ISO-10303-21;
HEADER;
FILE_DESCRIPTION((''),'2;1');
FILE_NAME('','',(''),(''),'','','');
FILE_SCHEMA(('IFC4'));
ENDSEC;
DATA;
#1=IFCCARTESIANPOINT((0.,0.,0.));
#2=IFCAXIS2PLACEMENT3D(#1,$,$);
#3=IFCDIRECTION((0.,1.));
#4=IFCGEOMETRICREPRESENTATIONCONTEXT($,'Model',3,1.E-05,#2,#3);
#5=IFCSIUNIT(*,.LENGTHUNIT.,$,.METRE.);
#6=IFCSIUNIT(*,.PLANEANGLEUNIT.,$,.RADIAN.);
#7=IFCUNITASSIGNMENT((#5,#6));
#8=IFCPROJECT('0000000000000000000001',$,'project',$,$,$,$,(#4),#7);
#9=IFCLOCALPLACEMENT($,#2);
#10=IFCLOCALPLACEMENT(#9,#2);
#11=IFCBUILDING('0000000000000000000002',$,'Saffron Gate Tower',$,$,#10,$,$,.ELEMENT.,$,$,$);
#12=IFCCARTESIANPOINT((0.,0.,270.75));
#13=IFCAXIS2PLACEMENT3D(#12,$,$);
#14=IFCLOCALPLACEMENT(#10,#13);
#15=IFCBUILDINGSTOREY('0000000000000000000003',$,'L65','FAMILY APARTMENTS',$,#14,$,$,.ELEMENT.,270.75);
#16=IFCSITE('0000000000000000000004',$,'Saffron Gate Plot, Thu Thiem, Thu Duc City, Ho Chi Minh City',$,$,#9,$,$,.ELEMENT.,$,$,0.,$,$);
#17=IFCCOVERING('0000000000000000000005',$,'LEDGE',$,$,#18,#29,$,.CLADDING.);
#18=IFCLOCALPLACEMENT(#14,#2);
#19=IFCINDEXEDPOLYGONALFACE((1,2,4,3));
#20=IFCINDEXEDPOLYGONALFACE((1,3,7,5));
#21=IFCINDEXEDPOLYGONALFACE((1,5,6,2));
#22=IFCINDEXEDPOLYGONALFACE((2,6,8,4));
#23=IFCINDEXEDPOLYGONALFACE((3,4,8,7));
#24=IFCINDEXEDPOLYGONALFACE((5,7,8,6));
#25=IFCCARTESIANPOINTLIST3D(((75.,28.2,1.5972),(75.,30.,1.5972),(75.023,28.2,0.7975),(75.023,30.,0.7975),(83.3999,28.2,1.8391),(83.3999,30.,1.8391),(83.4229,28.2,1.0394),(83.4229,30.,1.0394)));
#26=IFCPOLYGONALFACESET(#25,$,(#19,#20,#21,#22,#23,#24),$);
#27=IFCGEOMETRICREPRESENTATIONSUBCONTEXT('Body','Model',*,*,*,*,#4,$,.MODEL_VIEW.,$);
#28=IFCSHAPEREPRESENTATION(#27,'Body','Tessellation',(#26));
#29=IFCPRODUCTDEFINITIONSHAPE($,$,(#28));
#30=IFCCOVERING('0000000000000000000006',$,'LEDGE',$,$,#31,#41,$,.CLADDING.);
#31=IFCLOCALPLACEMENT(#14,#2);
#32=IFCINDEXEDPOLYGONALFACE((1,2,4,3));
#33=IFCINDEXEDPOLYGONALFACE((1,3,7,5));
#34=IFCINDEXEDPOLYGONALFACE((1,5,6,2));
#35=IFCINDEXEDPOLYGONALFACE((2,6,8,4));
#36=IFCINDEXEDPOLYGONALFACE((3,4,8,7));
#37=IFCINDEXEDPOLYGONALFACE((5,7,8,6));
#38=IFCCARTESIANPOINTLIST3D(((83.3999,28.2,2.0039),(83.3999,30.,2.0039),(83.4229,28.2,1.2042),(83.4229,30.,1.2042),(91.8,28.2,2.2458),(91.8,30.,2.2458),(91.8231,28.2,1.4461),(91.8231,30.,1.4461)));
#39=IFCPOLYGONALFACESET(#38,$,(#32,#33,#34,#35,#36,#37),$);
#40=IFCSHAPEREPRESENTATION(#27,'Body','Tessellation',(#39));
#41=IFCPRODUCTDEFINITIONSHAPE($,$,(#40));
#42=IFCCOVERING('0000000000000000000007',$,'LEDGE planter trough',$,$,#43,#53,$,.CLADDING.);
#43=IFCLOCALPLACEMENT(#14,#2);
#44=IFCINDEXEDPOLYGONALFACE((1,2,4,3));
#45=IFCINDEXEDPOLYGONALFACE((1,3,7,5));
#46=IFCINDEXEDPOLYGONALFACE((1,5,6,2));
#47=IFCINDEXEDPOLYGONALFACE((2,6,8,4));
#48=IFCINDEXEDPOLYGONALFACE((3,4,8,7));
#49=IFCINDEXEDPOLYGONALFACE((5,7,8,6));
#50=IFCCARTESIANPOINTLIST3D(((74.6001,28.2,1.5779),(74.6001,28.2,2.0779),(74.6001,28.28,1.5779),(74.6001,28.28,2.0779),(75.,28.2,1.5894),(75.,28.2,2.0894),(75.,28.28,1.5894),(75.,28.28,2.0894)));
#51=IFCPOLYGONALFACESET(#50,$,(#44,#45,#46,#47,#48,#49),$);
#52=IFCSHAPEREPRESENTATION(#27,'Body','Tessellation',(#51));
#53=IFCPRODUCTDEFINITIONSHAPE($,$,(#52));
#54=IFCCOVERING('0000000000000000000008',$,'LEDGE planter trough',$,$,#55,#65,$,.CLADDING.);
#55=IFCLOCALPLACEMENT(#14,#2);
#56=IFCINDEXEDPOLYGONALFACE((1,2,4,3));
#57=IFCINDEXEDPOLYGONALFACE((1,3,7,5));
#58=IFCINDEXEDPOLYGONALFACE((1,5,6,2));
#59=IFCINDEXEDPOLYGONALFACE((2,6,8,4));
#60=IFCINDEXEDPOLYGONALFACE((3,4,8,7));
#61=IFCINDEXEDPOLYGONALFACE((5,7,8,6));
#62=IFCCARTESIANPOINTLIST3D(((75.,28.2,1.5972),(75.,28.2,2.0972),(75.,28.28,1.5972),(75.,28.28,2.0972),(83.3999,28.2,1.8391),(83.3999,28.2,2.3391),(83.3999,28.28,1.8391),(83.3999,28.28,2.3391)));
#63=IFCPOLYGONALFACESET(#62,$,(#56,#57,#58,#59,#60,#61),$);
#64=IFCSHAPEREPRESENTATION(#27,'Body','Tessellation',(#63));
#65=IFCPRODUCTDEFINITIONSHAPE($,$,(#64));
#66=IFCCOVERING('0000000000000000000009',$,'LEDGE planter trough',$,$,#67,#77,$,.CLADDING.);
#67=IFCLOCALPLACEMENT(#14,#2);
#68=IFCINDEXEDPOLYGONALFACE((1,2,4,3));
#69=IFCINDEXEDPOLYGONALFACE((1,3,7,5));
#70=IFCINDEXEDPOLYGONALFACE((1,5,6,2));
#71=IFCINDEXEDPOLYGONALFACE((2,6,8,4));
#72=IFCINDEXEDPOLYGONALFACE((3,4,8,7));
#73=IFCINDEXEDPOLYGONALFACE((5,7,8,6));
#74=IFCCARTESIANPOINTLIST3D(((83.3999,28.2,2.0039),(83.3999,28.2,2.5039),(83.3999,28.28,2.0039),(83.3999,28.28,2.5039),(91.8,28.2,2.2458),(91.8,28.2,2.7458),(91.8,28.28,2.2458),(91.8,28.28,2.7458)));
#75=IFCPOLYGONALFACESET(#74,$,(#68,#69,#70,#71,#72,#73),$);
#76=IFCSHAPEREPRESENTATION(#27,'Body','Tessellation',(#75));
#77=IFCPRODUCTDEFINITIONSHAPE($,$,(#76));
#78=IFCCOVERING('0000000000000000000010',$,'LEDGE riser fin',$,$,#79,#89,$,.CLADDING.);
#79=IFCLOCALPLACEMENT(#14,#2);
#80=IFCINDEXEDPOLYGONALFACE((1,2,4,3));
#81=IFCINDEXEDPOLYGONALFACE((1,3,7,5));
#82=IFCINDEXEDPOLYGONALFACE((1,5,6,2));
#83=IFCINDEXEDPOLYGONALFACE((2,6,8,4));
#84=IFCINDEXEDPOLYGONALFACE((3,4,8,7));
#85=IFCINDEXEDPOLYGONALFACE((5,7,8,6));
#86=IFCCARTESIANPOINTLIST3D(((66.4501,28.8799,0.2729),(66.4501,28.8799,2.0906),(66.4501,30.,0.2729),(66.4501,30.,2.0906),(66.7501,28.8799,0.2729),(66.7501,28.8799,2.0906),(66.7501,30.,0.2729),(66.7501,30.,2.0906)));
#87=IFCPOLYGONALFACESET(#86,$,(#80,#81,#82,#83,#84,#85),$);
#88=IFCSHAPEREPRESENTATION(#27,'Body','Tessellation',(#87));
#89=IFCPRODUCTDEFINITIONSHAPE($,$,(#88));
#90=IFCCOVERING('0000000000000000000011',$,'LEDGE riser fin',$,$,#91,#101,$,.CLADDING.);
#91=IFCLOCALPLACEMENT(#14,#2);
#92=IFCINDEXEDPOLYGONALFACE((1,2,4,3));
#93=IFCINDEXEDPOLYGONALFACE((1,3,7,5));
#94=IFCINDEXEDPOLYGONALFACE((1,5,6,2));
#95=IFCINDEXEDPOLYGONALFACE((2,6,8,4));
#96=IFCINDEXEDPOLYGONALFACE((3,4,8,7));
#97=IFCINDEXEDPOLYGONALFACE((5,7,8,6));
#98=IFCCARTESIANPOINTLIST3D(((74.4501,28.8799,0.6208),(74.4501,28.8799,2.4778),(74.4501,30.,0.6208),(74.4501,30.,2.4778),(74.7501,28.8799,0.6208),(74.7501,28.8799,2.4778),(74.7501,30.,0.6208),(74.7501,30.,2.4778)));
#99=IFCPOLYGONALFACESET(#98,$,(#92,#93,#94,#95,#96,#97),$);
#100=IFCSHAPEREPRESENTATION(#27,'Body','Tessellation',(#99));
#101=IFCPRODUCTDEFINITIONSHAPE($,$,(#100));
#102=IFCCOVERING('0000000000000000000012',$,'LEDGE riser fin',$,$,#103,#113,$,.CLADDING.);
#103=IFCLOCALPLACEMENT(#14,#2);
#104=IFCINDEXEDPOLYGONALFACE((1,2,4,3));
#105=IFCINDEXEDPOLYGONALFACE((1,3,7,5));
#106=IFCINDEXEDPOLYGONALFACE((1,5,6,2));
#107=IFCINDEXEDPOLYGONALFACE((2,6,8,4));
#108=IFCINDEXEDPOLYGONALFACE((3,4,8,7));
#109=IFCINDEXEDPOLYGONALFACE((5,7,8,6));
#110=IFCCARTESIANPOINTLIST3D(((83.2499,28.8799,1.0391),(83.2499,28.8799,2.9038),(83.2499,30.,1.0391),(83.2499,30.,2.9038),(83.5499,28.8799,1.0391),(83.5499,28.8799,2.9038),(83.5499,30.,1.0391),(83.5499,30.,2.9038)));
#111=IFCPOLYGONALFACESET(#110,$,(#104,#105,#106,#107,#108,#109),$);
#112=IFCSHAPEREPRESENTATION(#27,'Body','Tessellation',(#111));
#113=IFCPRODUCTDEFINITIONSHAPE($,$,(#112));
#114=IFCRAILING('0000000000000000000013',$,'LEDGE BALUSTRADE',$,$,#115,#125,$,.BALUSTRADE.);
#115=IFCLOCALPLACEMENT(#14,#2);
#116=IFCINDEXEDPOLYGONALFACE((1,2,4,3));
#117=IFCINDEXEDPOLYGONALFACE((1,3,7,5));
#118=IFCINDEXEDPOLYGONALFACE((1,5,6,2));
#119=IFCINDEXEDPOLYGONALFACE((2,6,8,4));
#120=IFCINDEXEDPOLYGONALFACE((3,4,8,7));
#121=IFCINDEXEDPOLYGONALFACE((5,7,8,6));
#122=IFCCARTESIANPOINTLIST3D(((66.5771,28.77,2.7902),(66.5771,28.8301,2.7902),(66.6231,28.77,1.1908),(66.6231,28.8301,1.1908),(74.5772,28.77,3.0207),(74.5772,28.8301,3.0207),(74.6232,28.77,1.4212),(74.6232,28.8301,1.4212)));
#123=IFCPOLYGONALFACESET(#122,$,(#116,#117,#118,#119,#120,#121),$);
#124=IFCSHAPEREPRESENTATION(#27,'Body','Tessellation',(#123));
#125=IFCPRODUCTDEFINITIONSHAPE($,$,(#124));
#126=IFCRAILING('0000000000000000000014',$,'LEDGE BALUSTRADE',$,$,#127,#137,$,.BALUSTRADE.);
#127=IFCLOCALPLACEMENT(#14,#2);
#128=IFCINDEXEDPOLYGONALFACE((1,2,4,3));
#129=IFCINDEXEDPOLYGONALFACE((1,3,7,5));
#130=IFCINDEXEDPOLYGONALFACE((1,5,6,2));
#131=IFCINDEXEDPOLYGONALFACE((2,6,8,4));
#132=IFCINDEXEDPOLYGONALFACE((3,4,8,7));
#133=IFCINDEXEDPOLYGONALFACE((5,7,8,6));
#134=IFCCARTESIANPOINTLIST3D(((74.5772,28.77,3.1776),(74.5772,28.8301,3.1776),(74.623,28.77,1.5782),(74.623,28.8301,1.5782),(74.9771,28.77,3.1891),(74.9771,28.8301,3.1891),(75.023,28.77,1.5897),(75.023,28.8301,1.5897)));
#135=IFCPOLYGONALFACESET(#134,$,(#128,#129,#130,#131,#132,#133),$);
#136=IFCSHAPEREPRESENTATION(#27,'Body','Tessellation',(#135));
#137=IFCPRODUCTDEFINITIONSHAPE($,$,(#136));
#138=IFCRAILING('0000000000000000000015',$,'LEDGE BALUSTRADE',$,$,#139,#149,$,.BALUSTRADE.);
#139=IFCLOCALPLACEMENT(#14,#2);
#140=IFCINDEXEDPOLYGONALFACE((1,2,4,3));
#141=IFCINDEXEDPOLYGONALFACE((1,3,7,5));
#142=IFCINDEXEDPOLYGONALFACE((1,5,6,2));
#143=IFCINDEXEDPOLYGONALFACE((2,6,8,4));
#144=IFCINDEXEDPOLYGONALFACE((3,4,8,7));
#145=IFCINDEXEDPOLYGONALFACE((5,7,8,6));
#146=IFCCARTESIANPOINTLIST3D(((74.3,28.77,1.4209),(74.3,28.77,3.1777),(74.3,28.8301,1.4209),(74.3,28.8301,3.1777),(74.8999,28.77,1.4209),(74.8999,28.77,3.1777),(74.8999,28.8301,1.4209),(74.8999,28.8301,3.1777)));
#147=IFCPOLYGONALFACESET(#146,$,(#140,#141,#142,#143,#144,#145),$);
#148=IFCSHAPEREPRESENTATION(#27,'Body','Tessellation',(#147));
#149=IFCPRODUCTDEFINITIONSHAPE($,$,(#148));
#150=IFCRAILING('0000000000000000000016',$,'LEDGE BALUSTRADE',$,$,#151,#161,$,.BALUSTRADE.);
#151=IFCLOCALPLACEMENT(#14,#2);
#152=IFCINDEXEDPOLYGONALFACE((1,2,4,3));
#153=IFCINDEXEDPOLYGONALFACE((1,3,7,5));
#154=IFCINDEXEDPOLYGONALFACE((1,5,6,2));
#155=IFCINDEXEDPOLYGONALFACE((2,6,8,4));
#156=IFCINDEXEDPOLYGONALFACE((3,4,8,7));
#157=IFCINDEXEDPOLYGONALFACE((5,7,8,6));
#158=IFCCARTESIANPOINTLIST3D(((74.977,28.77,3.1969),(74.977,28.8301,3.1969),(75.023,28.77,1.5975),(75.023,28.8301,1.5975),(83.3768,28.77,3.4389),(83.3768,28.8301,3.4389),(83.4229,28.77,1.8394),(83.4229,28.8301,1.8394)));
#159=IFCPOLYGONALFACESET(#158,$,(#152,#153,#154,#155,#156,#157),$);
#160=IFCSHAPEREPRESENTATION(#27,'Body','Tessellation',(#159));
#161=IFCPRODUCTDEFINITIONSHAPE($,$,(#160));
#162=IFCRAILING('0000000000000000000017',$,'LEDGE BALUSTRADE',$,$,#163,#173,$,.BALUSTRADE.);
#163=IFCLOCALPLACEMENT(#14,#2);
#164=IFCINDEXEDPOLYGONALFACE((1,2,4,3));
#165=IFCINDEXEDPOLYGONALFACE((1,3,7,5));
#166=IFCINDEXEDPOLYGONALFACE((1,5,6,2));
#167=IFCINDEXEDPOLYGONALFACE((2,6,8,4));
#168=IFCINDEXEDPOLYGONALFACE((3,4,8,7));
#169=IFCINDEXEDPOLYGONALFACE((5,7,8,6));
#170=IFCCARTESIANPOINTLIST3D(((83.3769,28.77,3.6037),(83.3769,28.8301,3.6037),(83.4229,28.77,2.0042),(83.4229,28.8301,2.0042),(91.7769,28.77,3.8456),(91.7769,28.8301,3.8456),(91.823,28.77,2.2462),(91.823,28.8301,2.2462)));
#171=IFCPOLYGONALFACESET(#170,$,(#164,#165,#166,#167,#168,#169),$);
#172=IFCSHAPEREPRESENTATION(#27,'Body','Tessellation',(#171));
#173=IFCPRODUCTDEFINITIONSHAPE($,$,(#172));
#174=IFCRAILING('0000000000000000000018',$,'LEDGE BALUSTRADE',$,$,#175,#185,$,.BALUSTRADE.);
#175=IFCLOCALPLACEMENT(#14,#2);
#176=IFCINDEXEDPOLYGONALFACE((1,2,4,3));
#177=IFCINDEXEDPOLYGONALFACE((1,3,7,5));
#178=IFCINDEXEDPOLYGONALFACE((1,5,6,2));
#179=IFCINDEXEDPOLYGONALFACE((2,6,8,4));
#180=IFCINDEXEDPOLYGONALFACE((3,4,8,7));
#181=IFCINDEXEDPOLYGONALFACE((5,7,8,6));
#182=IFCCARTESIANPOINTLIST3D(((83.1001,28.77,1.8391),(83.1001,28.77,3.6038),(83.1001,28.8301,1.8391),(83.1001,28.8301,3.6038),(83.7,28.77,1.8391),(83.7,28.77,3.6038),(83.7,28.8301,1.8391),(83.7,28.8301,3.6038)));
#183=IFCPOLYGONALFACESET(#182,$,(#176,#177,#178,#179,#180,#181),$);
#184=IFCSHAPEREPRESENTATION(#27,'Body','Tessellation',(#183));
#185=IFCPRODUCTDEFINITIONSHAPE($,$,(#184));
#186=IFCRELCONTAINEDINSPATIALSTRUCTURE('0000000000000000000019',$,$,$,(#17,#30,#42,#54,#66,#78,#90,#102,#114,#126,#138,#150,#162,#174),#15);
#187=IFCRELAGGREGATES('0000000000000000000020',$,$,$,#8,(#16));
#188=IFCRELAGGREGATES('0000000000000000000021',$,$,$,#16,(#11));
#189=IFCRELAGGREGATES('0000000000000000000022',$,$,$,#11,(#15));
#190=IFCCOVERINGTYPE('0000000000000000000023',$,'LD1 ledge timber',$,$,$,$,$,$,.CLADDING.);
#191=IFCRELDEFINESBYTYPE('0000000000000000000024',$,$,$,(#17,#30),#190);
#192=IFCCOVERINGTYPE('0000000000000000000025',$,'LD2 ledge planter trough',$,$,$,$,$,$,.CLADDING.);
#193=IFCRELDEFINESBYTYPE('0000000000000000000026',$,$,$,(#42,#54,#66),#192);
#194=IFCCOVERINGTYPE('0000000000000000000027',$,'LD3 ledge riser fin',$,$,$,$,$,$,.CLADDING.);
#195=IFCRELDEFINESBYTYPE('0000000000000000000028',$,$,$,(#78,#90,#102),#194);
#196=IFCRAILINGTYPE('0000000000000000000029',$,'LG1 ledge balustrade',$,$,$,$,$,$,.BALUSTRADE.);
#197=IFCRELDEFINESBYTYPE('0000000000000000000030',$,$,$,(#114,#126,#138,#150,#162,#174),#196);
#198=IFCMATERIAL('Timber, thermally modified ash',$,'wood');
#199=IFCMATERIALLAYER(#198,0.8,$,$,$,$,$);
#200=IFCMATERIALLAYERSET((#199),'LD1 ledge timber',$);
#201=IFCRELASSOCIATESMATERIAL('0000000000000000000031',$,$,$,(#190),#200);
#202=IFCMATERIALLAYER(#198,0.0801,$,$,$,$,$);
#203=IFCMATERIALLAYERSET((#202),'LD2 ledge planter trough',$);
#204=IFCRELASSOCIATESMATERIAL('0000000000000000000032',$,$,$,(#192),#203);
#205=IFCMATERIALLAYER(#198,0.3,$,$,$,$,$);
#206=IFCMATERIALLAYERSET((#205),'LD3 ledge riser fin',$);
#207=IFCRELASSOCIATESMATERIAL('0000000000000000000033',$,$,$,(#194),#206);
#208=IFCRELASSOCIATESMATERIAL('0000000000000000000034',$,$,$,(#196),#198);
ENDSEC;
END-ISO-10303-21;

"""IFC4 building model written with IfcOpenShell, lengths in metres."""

from ifc_helpers import new_model, si_unit, direction, frame, origin, origin_2d, place, context, subcontext, project, spatial, polyline, rectangle, outline, extrude, material, layer, layer_set, type_object, element, save


model = new_model("IFC4")

# Units and contexts
model_context = context("Model", 3, precision=1e-05, world=origin(), true_north=direction((0.0, 1.0)))
body_context = subcontext(model_context, "Body", "Model", "MODEL_VIEW")
ifc_project = project(units=[si_unit("LENGTHUNIT", "METRE"), si_unit("PLANEANGLEUNIT", "RADIAN")], contexts=[model_context])

# Site, building, storey
site_placement = place(None, origin())
site = spatial("IfcSite", under=ifc_project, at=site_placement, Name="Saffron Gate Plot, Thu Thiem, Thu Duc City, Ho Chi Minh City", CompositionType="ELEMENT", RefElevation=0.0)
building_placement = place(site_placement, origin())
building = spatial("IfcBuilding", under=site, at=building_placement, Name="Saffron Gate Tower", CompositionType="ELEMENT")
storey_placement = place(building_placement, frame((0.0, 0.0, 270.75)))
storey = spatial("IfcBuildingStorey", under=building, at=storey_placement, Name="L65", Description="FAMILY APARTMENTS", CompositionType="ELEMENT", Elevation=270.75)

# Coverings
ifc_material_1 = material(Name="Timber, thermally modified ash", Category="wood")
ifc_layer_1 = layer(ifc_material_1, 0.8)
ifc_layer_set_1 = layer_set([ifc_layer_1], Name="LD1 ledge timber")
covering_type_1 = type_object("IfcCoveringType", Name="LD1 ledge timber", PredefinedType="CLADDING", material=ifc_layer_set_1)
covering_1_placement = place(storey_placement, frame((75.0, 30.0, 1.5972), z_axis=(-0.028791, 0.0, 0.999585), x_axis=(0.999585, 0.0, 0.028791)))
element("IfcCovering", 1, at=covering_1_placement, inside=storey, type_object=covering_type_1, Name="LEDGE", PredefinedType="CLADDING", context=body_context, shape_type="SweptSolid", body=[
    extrude(outline(polyline([(0.0, 0.0), (8.4034, 0.0), (8.4034, -1.8), (0.0, -1.8), (0.0, 0.0)])), origin(), (0.0, 0.0, -1.0), 0.8),
])
covering_2_placement = place(storey_placement, frame((83.3999, 30.0, 2.0039), z_axis=(-0.02879, 0.0, 0.999585), x_axis=(0.999585, 0.0, 0.02879)))
element("IfcCovering", 2, at=covering_2_placement, inside=storey, type_object=covering_type_1, Name="LEDGE", PredefinedType="CLADDING", context=body_context, shape_type="SweptSolid", body=[
    extrude(outline(polyline([(0.0, 0.0), (8.4036, 0.0), (8.4036, -1.8), (0.0, -1.8), (0.0, 0.0)])), origin(), (0.0, 0.0, -1.0), 0.8),
])
ifc_layer_2 = layer(ifc_material_1, 0.0801)
ifc_layer_set_2 = layer_set([ifc_layer_2], Name="LD2 ledge planter trough")
covering_type_2 = type_object("IfcCoveringType", Name="LD2 ledge planter trough", PredefinedType="CLADDING", material=ifc_layer_set_2)
covering_3_placement = place(storey_placement, frame((74.6001, 28.2, 1.5779), z_axis=(0.0, -1.0, 0.0), x_axis=(0.999589, 0.0, 0.028682)))
element("IfcCovering", 3, at=covering_3_placement, inside=storey, type_object=covering_type_2, Name="LEDGE planter trough", PredefinedType="CLADDING", context=body_context, shape_type="SweptSolid", body=[
    extrude(outline(polyline([(0.0, 0.0), (0.4001, 0.0), (0.4144, 0.4998), (0.0143, 0.4998), (0.0, 0.0)])), origin(), (0.0, 0.0, -1.0), 0.0801),
])
covering_4_placement = place(storey_placement, frame((75.0, 28.2, 1.5972), z_axis=(0.0, -1.0, 0.0), x_axis=(0.999585, 0.0, 0.028791)))
element("IfcCovering", 4, at=covering_4_placement, inside=storey, type_object=covering_type_2, Name="LEDGE planter trough", PredefinedType="CLADDING", context=body_context, shape_type="SweptSolid", body=[
    extrude(outline(polyline([(0.0, 0.0), (8.4034, 0.0), (8.4178, 0.4998), (0.0144, 0.4998), (0.0, 0.0)])), origin(), (0.0, 0.0, -1.0), 0.0801),
])
covering_5_placement = place(storey_placement, frame((83.3999, 28.2, 2.0039), z_axis=(0.0, -1.0, 0.0), x_axis=(0.999585, 0.0, 0.02879)))
element("IfcCovering", 5, at=covering_5_placement, inside=storey, type_object=covering_type_2, Name="LEDGE planter trough", PredefinedType="CLADDING", context=body_context, shape_type="SweptSolid", body=[
    extrude(outline(polyline([(0.0, 0.0), (8.4036, 0.0), (8.418, 0.4998), (0.0144, 0.4998), (0.0, 0.0)])), origin(), (0.0, 0.0, -1.0), 0.0801),
])
ifc_layer_3 = layer(ifc_material_1, 0.3)
ifc_layer_set_3 = layer_set([ifc_layer_3], Name="LD3 ledge riser fin")
covering_type_3 = type_object("IfcCoveringType", Name="LD3 ledge riser fin", PredefinedType="CLADDING", material=ifc_layer_set_3)
covering_6_placement = place(storey_placement, frame((66.6001, 29.4399, 0.2729), z_axis=(0.0, 0.0, 1.0), x_axis=(1.0, 0.0, 0.0)))
element("IfcCovering", 6, at=covering_6_placement, inside=storey, type_object=covering_type_3, Name="LEDGE riser fin", PredefinedType="CLADDING", context=body_context, shape_type="SweptSolid", body=[
    extrude(rectangle(XDim=0.3, YDim=1.1201, at=origin_2d()), origin(), (0.0, 0.0, 1.0), 1.8176),
])
covering_7_placement = place(storey_placement, frame((74.6001, 29.4399, 0.6208), z_axis=(0.0, 0.0, 1.0), x_axis=(1.0, 0.0, 0.0)))
element("IfcCovering", 7, at=covering_7_placement, inside=storey, type_object=covering_type_3, Name="LEDGE riser fin", PredefinedType="CLADDING", context=body_context, shape_type="SweptSolid", body=[
    extrude(rectangle(XDim=0.3, YDim=1.1201, at=origin_2d()), origin(), (0.0, 0.0, 1.0), 1.8569),
])
covering_8_placement = place(storey_placement, frame((83.3999, 29.4399, 1.0391), z_axis=(0.0, 0.0, 1.0), x_axis=(1.0, 0.0, 0.0)))
element("IfcCovering", 8, at=covering_8_placement, inside=storey, type_object=covering_type_3, Name="LEDGE riser fin", PredefinedType="CLADDING", context=body_context, shape_type="SweptSolid", body=[
    extrude(rectangle(XDim=0.3, YDim=1.1201, at=origin_2d()), origin(), (0.0, 0.0, 1.0), 1.8647),
])

# Railings
railing_type = type_object("IfcRailingType", Name="LG1 ledge balustrade", PredefinedType="BALUSTRADE", material=ifc_material_1)
railing_1_placement = place(storey_placement, frame((66.6001, 28.8, 1.1904)))
element("IfcRailing", 9, at=railing_1_placement, inside=storey, type_object=railing_type, Name="LEDGE BALUSTRADE", PredefinedType="BALUSTRADE", context=body_context, shape_type="SweptSolid", body=[
    extrude(rectangle(XDim=0.0601, YDim=1.6001, at=origin_2d()), frame((0.0, 0.0, 0.8), z_axis=(0.999585, 0.0, 0.028797), x_axis=(0.0, 1.0, 0.0)), (0.0, 0.0, 1.0), 8.0034),
])
railing_2_placement = place(storey_placement, frame((74.6001, 28.8, 1.5779)))
element("IfcRailing", 10, at=railing_2_placement, inside=storey, type_object=railing_type, Name="LEDGE BALUSTRADE", PredefinedType="BALUSTRADE", context=body_context, shape_type="SweptSolid", body=[
    extrude(rectangle(XDim=0.0601, YDim=1.6001, at=origin_2d()), frame((0.0, 0.0, 0.8), z_axis=(0.999589, 0.0, 0.028682), x_axis=(0.0, 1.0, 0.0)), (0.0, 0.0, 1.0), 0.4001),
])
railing_3_placement = place(storey_placement, frame((74.3, 28.8, 1.4209)))
element("IfcRailing", 11, at=railing_3_placement, inside=storey, type_object=railing_type, Name="LEDGE BALUSTRADE", PredefinedType="BALUSTRADE", context=body_context, shape_type="SweptSolid", body=[
    extrude(rectangle(XDim=0.0601, YDim=1.7568, at=origin_2d()), frame((0.0, 0.0, 0.8784), z_axis=(1.0, 0.0, 0.0), x_axis=(0.0, 1.0, 0.0)), (0.0, 0.0, 1.0), 0.5999),
])
railing_4_placement = place(storey_placement, frame((75.0, 28.8, 1.5972)))
element("IfcRailing", 12, at=railing_4_placement, inside=storey, type_object=railing_type, Name="LEDGE BALUSTRADE", PredefinedType="BALUSTRADE", context=body_context, shape_type="SweptSolid", body=[
    extrude(rectangle(XDim=0.0601, YDim=1.6001, at=origin_2d()), frame((0.0, 0.0, 0.8), z_axis=(0.999585, 0.0, 0.028791), x_axis=(0.0, 1.0, 0.0)), (0.0, 0.0, 1.0), 8.4033),
])
railing_5_placement = place(storey_placement, frame((83.3999, 28.8, 2.0039)))
element("IfcRailing", 13, at=railing_5_placement, inside=storey, type_object=railing_type, Name="LEDGE BALUSTRADE", PredefinedType="BALUSTRADE", context=body_context, shape_type="SweptSolid", body=[
    extrude(rectangle(XDim=0.0601, YDim=1.6001, at=origin_2d()), frame((0.0, 0.0, 0.8), z_axis=(0.999585, 0.0, 0.02879), x_axis=(0.0, 1.0, 0.0)), (0.0, 0.0, 1.0), 8.4036),
])
railing_6_placement = place(storey_placement, frame((83.1001, 28.8, 1.8391)))
element("IfcRailing", 14, at=railing_6_placement, inside=storey, type_object=railing_type, Name="LEDGE BALUSTRADE", PredefinedType="BALUSTRADE", context=body_context, shape_type="SweptSolid", body=[
    extrude(rectangle(XDim=0.0601, YDim=1.7646, at=origin_2d()), frame((0.0, 0.0, 0.8823), z_axis=(1.0, 0.0, 0.0), x_axis=(0.0, 1.0, 0.0)), (0.0, 0.0, 1.0), 0.5999),
])

save(model, "model.ifc")
